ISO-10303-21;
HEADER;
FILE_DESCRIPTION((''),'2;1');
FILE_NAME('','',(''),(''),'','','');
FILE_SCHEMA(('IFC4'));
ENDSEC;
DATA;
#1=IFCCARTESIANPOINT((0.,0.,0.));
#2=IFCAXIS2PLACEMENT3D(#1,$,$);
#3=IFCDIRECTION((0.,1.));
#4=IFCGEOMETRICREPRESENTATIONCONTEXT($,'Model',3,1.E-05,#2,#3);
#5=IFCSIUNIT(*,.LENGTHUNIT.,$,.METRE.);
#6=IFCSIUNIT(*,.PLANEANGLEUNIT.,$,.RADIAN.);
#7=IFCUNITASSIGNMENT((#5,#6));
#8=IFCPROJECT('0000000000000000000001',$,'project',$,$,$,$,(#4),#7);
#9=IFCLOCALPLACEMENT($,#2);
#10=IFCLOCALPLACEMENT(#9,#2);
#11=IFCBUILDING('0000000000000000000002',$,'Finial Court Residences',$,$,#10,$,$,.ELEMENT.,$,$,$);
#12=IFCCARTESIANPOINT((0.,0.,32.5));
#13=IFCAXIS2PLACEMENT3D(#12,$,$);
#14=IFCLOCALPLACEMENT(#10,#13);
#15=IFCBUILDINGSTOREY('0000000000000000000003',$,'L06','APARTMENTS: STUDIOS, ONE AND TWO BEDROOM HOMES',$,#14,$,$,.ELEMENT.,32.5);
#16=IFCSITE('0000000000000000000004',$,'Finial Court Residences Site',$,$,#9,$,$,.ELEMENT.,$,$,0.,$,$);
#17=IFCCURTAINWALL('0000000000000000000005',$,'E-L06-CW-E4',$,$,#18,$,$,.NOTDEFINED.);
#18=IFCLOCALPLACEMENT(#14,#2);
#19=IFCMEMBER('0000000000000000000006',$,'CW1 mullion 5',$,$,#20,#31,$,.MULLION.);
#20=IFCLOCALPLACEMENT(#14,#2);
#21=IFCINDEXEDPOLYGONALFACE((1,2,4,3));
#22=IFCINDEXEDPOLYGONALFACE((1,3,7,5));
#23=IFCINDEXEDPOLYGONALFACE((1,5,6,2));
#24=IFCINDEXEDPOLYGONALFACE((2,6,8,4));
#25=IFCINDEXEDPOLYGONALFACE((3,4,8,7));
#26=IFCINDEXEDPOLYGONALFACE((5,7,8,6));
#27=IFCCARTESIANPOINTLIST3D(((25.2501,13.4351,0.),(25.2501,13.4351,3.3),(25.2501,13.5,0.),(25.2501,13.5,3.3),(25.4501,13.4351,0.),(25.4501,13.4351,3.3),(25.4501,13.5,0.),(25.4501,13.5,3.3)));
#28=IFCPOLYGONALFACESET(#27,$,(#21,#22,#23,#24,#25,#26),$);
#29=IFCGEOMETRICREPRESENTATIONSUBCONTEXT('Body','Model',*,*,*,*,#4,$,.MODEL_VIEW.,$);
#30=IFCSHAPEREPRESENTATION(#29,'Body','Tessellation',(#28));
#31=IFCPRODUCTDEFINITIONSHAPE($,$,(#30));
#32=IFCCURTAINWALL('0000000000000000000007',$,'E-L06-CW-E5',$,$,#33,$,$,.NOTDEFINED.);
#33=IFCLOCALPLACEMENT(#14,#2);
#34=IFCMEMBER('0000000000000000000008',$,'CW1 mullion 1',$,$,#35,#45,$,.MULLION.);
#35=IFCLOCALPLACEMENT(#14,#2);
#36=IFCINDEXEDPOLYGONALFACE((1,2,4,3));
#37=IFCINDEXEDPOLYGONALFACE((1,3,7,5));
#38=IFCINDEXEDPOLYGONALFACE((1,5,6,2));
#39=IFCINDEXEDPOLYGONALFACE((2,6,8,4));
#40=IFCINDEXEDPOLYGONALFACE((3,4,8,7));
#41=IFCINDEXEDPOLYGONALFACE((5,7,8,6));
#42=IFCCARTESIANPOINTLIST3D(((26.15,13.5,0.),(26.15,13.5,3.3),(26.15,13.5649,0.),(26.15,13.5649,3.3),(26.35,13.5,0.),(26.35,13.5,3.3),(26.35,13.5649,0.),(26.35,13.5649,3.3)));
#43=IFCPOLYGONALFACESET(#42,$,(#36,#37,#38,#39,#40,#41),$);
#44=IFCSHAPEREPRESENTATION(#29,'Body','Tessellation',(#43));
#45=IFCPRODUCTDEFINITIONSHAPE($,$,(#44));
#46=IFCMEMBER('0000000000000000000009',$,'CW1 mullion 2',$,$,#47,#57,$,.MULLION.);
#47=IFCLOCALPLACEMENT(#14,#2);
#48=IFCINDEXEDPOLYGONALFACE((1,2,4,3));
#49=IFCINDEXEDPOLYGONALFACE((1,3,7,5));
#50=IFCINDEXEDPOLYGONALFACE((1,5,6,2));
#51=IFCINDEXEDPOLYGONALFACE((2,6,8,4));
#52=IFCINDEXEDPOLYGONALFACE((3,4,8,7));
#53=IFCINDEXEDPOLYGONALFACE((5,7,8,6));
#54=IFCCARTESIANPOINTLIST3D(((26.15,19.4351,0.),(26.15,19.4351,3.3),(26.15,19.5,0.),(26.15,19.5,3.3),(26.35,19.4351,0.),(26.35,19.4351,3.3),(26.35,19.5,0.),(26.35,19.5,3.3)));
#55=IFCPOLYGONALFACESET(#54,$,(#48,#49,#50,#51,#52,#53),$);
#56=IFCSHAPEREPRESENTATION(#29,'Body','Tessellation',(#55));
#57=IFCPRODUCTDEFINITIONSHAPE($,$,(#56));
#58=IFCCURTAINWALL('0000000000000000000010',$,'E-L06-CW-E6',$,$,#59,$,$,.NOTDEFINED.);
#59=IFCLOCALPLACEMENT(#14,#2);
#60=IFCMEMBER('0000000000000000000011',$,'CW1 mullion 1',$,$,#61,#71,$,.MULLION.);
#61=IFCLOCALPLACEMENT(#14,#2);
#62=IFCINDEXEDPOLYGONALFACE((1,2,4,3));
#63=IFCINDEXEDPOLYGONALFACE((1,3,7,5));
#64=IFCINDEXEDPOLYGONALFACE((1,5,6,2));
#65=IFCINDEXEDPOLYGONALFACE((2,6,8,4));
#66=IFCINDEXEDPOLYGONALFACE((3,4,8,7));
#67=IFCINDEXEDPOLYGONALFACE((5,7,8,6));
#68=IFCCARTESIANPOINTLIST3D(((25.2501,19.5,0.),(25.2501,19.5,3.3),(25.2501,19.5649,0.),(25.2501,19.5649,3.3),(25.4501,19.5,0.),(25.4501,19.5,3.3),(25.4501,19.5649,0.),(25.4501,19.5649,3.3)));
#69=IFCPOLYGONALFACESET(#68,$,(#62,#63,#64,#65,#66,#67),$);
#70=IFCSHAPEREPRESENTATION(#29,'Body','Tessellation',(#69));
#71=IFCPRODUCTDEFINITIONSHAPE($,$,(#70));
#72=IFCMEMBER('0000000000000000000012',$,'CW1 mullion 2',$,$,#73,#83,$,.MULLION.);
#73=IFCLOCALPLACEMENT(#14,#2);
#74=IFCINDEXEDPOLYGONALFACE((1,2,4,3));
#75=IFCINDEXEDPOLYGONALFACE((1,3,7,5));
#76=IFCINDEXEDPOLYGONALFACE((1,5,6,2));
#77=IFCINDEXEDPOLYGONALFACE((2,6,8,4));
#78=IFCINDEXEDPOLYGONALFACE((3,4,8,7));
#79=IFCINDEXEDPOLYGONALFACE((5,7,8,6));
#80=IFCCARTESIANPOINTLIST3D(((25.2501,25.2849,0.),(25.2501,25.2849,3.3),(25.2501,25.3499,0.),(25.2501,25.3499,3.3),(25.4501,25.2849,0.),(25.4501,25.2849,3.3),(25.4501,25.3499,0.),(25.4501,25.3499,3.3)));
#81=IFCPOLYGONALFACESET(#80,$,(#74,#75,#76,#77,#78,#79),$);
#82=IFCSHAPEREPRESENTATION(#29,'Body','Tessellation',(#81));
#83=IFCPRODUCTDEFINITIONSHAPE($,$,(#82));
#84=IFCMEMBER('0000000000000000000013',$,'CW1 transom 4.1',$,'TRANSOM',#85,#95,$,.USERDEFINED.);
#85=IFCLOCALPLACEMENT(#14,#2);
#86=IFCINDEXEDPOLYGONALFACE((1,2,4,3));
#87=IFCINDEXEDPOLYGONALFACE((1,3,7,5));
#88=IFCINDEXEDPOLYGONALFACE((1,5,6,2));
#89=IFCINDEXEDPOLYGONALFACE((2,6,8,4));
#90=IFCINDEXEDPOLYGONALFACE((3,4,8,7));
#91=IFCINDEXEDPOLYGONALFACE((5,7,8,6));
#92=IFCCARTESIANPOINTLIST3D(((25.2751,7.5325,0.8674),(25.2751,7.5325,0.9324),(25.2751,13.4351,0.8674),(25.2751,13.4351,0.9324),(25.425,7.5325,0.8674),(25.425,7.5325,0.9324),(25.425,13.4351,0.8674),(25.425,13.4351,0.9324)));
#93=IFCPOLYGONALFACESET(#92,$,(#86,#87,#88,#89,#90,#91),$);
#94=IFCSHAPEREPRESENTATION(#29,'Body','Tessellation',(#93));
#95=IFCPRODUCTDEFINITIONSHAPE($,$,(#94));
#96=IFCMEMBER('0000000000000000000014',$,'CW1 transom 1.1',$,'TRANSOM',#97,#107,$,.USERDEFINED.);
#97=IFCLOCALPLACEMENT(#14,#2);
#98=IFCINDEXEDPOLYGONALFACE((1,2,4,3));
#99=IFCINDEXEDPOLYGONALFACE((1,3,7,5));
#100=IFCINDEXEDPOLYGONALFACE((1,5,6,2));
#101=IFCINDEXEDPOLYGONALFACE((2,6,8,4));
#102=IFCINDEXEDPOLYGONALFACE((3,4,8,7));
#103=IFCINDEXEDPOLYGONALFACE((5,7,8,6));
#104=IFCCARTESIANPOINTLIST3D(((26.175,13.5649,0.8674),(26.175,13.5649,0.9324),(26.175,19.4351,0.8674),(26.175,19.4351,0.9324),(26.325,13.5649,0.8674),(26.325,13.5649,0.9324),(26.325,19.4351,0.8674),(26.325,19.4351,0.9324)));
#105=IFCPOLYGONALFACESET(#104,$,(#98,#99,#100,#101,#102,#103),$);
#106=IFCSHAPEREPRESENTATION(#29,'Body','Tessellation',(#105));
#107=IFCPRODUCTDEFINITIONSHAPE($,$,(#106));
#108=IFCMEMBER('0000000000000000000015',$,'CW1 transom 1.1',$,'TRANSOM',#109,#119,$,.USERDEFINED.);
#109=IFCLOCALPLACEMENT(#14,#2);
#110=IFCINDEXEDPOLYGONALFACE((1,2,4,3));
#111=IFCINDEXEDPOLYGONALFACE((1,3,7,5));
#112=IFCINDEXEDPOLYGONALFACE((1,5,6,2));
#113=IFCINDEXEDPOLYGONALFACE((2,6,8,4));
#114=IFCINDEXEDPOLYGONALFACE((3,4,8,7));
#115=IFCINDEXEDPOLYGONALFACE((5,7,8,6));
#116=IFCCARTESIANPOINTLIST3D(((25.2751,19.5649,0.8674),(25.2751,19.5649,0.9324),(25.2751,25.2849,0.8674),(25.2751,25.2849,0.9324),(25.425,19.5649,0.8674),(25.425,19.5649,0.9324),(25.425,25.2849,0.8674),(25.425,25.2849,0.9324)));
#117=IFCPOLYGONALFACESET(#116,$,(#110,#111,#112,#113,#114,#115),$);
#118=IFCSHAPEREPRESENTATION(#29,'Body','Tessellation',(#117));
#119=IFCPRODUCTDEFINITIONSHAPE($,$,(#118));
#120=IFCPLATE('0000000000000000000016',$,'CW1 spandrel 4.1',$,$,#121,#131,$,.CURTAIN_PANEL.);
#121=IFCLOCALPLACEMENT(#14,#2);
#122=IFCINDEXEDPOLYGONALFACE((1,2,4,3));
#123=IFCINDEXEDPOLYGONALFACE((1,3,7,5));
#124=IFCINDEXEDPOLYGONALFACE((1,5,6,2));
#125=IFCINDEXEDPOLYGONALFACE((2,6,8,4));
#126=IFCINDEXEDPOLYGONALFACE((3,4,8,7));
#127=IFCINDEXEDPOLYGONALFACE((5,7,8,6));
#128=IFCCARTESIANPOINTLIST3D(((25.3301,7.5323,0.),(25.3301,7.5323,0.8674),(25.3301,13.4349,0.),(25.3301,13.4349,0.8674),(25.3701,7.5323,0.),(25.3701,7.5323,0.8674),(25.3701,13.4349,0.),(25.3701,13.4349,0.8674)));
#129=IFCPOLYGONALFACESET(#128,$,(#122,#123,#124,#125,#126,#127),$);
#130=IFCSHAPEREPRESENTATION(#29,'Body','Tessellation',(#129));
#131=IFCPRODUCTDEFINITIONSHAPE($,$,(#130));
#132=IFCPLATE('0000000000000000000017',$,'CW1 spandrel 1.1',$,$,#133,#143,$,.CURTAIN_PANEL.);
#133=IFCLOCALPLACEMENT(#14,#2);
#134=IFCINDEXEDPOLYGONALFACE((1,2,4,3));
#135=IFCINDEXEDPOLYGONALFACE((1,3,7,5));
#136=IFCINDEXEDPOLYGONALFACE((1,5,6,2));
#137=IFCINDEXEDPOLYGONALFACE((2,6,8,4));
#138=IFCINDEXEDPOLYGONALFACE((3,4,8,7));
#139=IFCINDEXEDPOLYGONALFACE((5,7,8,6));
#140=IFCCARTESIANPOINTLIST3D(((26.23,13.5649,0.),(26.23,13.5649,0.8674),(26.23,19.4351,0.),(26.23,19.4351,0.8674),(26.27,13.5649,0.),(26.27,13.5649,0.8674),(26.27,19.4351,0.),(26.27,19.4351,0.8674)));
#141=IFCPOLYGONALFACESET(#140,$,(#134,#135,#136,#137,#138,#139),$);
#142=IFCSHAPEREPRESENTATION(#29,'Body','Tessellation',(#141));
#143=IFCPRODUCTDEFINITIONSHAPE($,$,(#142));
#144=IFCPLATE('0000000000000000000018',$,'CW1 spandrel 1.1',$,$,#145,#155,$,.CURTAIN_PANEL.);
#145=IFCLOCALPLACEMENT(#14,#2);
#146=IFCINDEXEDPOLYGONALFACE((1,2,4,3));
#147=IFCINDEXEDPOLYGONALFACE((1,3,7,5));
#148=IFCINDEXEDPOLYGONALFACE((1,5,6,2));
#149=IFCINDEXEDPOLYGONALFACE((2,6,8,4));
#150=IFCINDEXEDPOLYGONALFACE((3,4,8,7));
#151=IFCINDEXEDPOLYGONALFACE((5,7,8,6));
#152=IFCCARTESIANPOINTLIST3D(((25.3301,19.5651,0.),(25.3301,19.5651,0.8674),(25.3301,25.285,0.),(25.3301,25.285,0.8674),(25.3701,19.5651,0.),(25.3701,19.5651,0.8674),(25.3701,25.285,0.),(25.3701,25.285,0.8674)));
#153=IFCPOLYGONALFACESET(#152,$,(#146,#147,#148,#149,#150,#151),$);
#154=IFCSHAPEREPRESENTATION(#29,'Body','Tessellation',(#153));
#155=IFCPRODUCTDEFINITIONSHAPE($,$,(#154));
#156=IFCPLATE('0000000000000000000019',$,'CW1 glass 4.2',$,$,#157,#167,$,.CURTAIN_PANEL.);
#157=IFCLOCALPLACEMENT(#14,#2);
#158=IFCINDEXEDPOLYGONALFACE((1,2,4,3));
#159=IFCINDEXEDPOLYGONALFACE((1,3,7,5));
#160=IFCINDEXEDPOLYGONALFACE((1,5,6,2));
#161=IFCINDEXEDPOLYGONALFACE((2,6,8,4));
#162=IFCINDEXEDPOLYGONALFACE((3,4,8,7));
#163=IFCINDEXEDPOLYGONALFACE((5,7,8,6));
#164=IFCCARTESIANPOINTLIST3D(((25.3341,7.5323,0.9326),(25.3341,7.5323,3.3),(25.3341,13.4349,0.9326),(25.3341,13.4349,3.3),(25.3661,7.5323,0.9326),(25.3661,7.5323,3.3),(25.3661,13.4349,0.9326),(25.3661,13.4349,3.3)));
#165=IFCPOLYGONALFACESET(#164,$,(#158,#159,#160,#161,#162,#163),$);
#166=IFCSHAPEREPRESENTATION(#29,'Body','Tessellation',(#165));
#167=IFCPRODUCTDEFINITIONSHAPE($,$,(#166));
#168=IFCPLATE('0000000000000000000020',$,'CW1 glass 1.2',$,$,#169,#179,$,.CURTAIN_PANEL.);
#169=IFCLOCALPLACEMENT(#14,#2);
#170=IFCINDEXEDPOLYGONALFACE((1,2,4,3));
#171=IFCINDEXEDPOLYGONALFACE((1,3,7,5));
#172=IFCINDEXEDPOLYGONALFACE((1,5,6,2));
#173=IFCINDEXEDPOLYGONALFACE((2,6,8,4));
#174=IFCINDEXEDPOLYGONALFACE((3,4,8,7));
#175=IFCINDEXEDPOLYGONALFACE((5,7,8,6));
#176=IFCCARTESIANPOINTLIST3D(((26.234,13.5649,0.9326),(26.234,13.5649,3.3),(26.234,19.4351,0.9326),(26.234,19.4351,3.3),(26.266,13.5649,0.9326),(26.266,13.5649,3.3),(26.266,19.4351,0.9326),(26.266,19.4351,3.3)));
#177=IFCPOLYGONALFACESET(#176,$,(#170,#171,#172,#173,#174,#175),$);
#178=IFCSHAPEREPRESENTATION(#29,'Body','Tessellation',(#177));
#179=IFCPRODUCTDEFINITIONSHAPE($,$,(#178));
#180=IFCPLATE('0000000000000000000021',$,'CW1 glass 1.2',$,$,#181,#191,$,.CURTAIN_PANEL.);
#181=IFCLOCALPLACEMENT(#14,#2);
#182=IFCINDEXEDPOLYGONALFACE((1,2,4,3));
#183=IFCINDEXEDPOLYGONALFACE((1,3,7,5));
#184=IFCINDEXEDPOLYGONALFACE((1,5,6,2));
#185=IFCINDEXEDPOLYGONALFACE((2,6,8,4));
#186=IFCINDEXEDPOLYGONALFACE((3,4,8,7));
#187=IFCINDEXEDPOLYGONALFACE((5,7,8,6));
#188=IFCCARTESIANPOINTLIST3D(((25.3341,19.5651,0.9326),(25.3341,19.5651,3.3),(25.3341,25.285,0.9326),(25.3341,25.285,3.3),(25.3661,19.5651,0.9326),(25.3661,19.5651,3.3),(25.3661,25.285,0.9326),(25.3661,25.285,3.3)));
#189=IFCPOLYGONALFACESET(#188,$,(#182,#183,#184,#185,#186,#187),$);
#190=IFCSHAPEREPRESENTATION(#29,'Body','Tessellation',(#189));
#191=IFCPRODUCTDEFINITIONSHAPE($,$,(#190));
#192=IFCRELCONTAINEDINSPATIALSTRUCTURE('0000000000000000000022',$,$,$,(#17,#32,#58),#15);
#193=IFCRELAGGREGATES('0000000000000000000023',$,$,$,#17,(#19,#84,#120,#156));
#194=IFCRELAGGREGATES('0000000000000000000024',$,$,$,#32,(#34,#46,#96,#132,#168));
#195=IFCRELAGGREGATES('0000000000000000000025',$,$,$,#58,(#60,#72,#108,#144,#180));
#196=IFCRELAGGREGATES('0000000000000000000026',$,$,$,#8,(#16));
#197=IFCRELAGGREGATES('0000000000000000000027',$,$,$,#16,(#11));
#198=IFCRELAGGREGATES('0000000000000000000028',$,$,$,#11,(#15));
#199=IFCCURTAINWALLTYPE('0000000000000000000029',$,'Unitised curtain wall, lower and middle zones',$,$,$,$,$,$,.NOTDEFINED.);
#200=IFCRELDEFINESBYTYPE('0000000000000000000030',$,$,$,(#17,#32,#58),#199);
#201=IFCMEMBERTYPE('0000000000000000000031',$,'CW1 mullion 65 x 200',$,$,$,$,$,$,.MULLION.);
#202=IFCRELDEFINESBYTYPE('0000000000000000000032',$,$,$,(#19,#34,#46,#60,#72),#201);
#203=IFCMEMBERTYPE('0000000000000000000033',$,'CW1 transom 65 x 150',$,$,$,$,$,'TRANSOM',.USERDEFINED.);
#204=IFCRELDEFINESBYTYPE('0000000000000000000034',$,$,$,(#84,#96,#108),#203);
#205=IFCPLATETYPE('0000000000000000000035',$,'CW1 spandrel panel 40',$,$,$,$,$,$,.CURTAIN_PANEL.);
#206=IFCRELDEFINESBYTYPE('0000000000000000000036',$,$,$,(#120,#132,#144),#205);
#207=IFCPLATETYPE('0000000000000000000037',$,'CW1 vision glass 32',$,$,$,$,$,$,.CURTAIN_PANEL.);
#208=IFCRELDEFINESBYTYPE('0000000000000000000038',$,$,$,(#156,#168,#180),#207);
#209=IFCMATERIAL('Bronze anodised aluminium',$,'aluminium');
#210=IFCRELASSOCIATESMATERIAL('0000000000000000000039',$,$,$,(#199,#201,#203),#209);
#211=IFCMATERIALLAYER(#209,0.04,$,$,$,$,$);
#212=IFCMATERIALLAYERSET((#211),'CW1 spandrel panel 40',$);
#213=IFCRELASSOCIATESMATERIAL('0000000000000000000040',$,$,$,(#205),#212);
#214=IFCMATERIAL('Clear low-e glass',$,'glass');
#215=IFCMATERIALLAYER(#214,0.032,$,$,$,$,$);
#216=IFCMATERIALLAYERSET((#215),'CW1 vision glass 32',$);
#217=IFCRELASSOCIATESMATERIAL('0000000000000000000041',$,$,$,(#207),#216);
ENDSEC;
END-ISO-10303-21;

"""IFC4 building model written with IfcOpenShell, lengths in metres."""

from ifc_helpers import new_model, si_unit, direction, frame, origin, origin_2d, place, context, subcontext, project, spatial, rectangle, extrude, material, layer, layer_set, material_profile, profile_set, type_object, element, aggregate, save


model = new_model("IFC4")

# Units and contexts
model_context = context("Model", 3, precision=1e-05, world=origin(), true_north=direction((0.0, 1.0)))
body_context = subcontext(model_context, "Body", "Model", "MODEL_VIEW")
ifc_project = project(units=[si_unit("LENGTHUNIT", "METRE"), si_unit("PLANEANGLEUNIT", "RADIAN")], contexts=[model_context])

# Site, building, storey
site_placement = place(None, origin())
site = spatial("IfcSite", under=ifc_project, at=site_placement, Name="Finial Court Residences Site", CompositionType="ELEMENT", RefElevation=0.0)
building_placement = place(site_placement, origin())
building = spatial("IfcBuilding", under=site, at=building_placement, Name="Finial Court Residences", CompositionType="ELEMENT")
storey_placement = place(building_placement, frame((0.0, 0.0, 32.5)))
storey = spatial("IfcBuildingStorey", under=building, at=storey_placement, Name="L06", Description="APARTMENTS: STUDIOS, ONE AND TWO BEDROOM HOMES", CompositionType="ELEMENT", Elevation=32.5)

# Curtain wall, member
ifc_material_1 = material(Name="Bronze anodised aluminium", Category="aluminium")
curtain_wall_type = type_object("IfcCurtainWallType", Name="Unitised curtain wall, lower and middle zones", PredefinedType="NOTDEFINED", material=ifc_material_1)
curtain_wall_1_placement = place(storey_placement, origin())
curtain_wall_1 = element("IfcCurtainWall", 1, at=curtain_wall_1_placement, inside=storey, type_object=curtain_wall_type, Name="E-L06-CW-E4", PredefinedType="NOTDEFINED")
ifc_material_profile_1 = material_profile(ifc_material_1, rectangle(XDim=0.2, YDim=0.0649, at=origin_2d()), Name="CW1 mullion 65 x 200")
ifc_profile_set_1 = profile_set([ifc_material_profile_1], Name="Bronze anodised aluminium")
member_type_1 = type_object("IfcMemberType", Name="CW1 mullion 65 x 200", PredefinedType="MULLION", material=ifc_profile_set_1)
member_1_placement = place(storey_placement, frame((25.3501, 13.4675, 0.0), z_axis=(0.0, 0.0, 1.0), x_axis=(-1.0, 0.0, 0.0)))
member_1 = element("IfcMember", 2, at=member_1_placement, type_object=member_type_1, Name="CW1 mullion 5", PredefinedType="MULLION", context=body_context, shape_type="SweptSolid", body=[
    extrude(rectangle(XDim=0.2, YDim=0.0649, at=origin_2d()), origin(), (0.0, 0.0, 1.0), 3.3),
])

# Curtain walls, members
curtain_wall_2_placement = place(storey_placement, origin())
curtain_wall_2 = element("IfcCurtainWall", 3, at=curtain_wall_2_placement, inside=storey, type_object=curtain_wall_type, Name="E-L06-CW-E5", PredefinedType="NOTDEFINED")
member_2_placement = place(storey_placement, frame((26.25, 13.5325, 0.0), z_axis=(0.0, 0.0, 1.0), x_axis=(-1.0, 0.0, 0.0)))
member_2 = element("IfcMember", 4, at=member_2_placement, type_object=member_type_1, Name="CW1 mullion 1", PredefinedType="MULLION", context=body_context, shape_type="SweptSolid", body=[
    extrude(rectangle(XDim=0.2, YDim=0.0649, at=origin_2d()), origin(), (0.0, 0.0, 1.0), 3.3),
])
member_3_placement = place(storey_placement, frame((26.25, 19.4675, 0.0), z_axis=(0.0, 0.0, 1.0), x_axis=(-1.0, 0.0, 0.0)))
member_3 = element("IfcMember", 5, at=member_3_placement, type_object=member_type_1, Name="CW1 mullion 2", PredefinedType="MULLION", context=body_context, shape_type="SweptSolid", body=[
    extrude(rectangle(XDim=0.2, YDim=0.0649, at=origin_2d()), origin(), (0.0, 0.0, 1.0), 3.3),
])
curtain_wall_3_placement = place(storey_placement, origin())
curtain_wall_3 = element("IfcCurtainWall", 6, at=curtain_wall_3_placement, inside=storey, type_object=curtain_wall_type, Name="E-L06-CW-E6", PredefinedType="NOTDEFINED")
member_4_placement = place(storey_placement, frame((25.3501, 19.5325, 0.0), z_axis=(0.0, 0.0, 1.0), x_axis=(-1.0, 0.0, 0.0)))
member_4 = element("IfcMember", 7, at=member_4_placement, type_object=member_type_1, Name="CW1 mullion 1", PredefinedType="MULLION", context=body_context, shape_type="SweptSolid", body=[
    extrude(rectangle(XDim=0.2, YDim=0.0649, at=origin_2d()), origin(), (0.0, 0.0, 1.0), 3.3),
])
member_5_placement = place(storey_placement, frame((25.3501, 25.3174, 0.0), z_axis=(0.0, 0.0, 1.0), x_axis=(-1.0, 0.0, 0.0)))
member_5 = element("IfcMember", 8, at=member_5_placement, type_object=member_type_1, Name="CW1 mullion 2", PredefinedType="MULLION", context=body_context, shape_type="SweptSolid", body=[
    extrude(rectangle(XDim=0.2, YDim=0.0649, at=origin_2d()), origin(), (0.0, 0.0, 1.0), 3.3),
])

# Members
ifc_material_profile_2 = material_profile(ifc_material_1, rectangle(XDim=0.1499, YDim=0.0649, at=origin_2d()), Name="CW1 transom 65 x 150")
ifc_profile_set_2 = profile_set([ifc_material_profile_2], Name="Bronze anodised aluminium")
member_type_2 = type_object("IfcMemberType", Name="CW1 transom 65 x 150", ElementType="TRANSOM", PredefinedType="USERDEFINED", material=ifc_profile_set_2)
member_6_placement = place(storey_placement, frame((25.3501, 7.5325, 0.8999), z_axis=(0.0, 1.0, 0.0), x_axis=(-1.0, 0.0, 0.0)))
member_6 = element("IfcMember", 9, at=member_6_placement, type_object=member_type_2, Name="CW1 transom 4.1", ObjectType="TRANSOM", PredefinedType="USERDEFINED", context=body_context, shape_type="SweptSolid", body=[
    extrude(rectangle(XDim=0.1499, YDim=0.0649, at=origin_2d()), origin(), (0.0, 0.0, 1.0), 5.9026),
])
member_7_placement = place(storey_placement, frame((26.25, 13.5649, 0.8999), z_axis=(0.0, 1.0, 0.0), x_axis=(-1.0, 0.0, 0.0)))
member_7 = element("IfcMember", 10, at=member_7_placement, type_object=member_type_2, Name="CW1 transom 1.1", ObjectType="TRANSOM", PredefinedType="USERDEFINED", context=body_context, shape_type="SweptSolid", body=[
    extrude(rectangle(XDim=0.1499, YDim=0.0649, at=origin_2d()), origin(), (0.0, 0.0, 1.0), 5.8701),
])
member_8_placement = place(storey_placement, frame((25.3501, 19.5649, 0.8999), z_axis=(0.0, 1.0, 0.0), x_axis=(-1.0, 0.0, 0.0)))
member_8 = element("IfcMember", 11, at=member_8_placement, type_object=member_type_2, Name="CW1 transom 1.1", ObjectType="TRANSOM", PredefinedType="USERDEFINED", context=body_context, shape_type="SweptSolid", body=[
    extrude(rectangle(XDim=0.1499, YDim=0.0649, at=origin_2d()), origin(), (0.0, 0.0, 1.0), 5.72),
])

# Plates
ifc_layer_1 = layer(ifc_material_1, 0.04)
ifc_layer_set_1 = layer_set([ifc_layer_1], Name="CW1 spandrel panel 40")
plate_type_1 = type_object("IfcPlateType", Name="CW1 spandrel panel 40", PredefinedType="CURTAIN_PANEL", material=ifc_layer_set_1)
plate_1_placement = place(storey_placement, frame((25.3501, 10.4836, 0.0), z_axis=(0.0, 0.0, 1.0), x_axis=(0.0, 1.0, 0.0)))
plate_1 = element("IfcPlate", 12, at=plate_1_placement, type_object=plate_type_1, Name="CW1 spandrel 4.1", PredefinedType="CURTAIN_PANEL", context=body_context, shape_type="SweptSolid", body=[
    extrude(rectangle(XDim=5.9026, YDim=0.04, at=origin_2d()), origin(), (0.0, 0.0, 1.0), 0.8674),
])
plate_2_placement = place(storey_placement, frame((26.25, 16.5, 0.0), z_axis=(0.0, 0.0, 1.0), x_axis=(0.0, 1.0, 0.0)))
plate_2 = element("IfcPlate", 13, at=plate_2_placement, type_object=plate_type_1, Name="CW1 spandrel 1.1", PredefinedType="CURTAIN_PANEL", context=body_context, shape_type="SweptSolid", body=[
    extrude(rectangle(XDim=5.8701, YDim=0.04, at=origin_2d()), origin(), (0.0, 0.0, 1.0), 0.8674),
])
plate_3_placement = place(storey_placement, frame((25.3501, 22.425, 0.0), z_axis=(0.0, 0.0, 1.0), x_axis=(0.0, 1.0, 0.0)))
plate_3 = element("IfcPlate", 14, at=plate_3_placement, type_object=plate_type_1, Name="CW1 spandrel 1.1", PredefinedType="CURTAIN_PANEL", context=body_context, shape_type="SweptSolid", body=[
    extrude(rectangle(XDim=5.72, YDim=0.04, at=origin_2d()), origin(), (0.0, 0.0, 1.0), 0.8674),
])
ifc_material_2 = material(Name="Clear low-e glass", Category="glass")
ifc_layer_2 = layer(ifc_material_2, 0.032)
ifc_layer_set_2 = layer_set([ifc_layer_2], Name="CW1 vision glass 32")
plate_type_2 = type_object("IfcPlateType", Name="CW1 vision glass 32", PredefinedType="CURTAIN_PANEL", material=ifc_layer_set_2)
plate_4_placement = place(storey_placement, frame((25.3501, 10.4836, 0.9326), z_axis=(0.0, 0.0, 1.0), x_axis=(0.0, 1.0, 0.0)))
plate_4 = element("IfcPlate", 15, at=plate_4_placement, type_object=plate_type_2, Name="CW1 glass 4.2", PredefinedType="CURTAIN_PANEL", context=body_context, shape_type="SweptSolid", body=[
    extrude(rectangle(XDim=5.9026, YDim=0.032, at=origin_2d()), origin(), (0.0, 0.0, 1.0), 2.3674),
])
aggregate(curtain_wall_1, [member_1, member_6, plate_1, plate_4])
plate_5_placement = place(storey_placement, frame((26.25, 16.5, 0.9326), z_axis=(0.0, 0.0, 1.0), x_axis=(0.0, 1.0, 0.0)))
plate_5 = element("IfcPlate", 16, at=plate_5_placement, type_object=plate_type_2, Name="CW1 glass 1.2", PredefinedType="CURTAIN_PANEL", context=body_context, shape_type="SweptSolid", body=[
    extrude(rectangle(XDim=5.8701, YDim=0.032, at=origin_2d()), origin(), (0.0, 0.0, 1.0), 2.3674),
])
aggregate(curtain_wall_2, [member_2, member_3, member_7, plate_2, plate_5])
plate_6_placement = place(storey_placement, frame((25.3501, 22.425, 0.9326), z_axis=(0.0, 0.0, 1.0), x_axis=(0.0, 1.0, 0.0)))
plate_6 = element("IfcPlate", 17, at=plate_6_placement, type_object=plate_type_2, Name="CW1 glass 1.2", PredefinedType="CURTAIN_PANEL", context=body_context, shape_type="SweptSolid", body=[
    extrude(rectangle(XDim=5.72, YDim=0.032, at=origin_2d()), origin(), (0.0, 0.0, 1.0), 2.3674),
])
aggregate(curtain_wall_3, [member_4, member_5, member_8, plate_3, plate_6])

save(model, "model.ifc")
